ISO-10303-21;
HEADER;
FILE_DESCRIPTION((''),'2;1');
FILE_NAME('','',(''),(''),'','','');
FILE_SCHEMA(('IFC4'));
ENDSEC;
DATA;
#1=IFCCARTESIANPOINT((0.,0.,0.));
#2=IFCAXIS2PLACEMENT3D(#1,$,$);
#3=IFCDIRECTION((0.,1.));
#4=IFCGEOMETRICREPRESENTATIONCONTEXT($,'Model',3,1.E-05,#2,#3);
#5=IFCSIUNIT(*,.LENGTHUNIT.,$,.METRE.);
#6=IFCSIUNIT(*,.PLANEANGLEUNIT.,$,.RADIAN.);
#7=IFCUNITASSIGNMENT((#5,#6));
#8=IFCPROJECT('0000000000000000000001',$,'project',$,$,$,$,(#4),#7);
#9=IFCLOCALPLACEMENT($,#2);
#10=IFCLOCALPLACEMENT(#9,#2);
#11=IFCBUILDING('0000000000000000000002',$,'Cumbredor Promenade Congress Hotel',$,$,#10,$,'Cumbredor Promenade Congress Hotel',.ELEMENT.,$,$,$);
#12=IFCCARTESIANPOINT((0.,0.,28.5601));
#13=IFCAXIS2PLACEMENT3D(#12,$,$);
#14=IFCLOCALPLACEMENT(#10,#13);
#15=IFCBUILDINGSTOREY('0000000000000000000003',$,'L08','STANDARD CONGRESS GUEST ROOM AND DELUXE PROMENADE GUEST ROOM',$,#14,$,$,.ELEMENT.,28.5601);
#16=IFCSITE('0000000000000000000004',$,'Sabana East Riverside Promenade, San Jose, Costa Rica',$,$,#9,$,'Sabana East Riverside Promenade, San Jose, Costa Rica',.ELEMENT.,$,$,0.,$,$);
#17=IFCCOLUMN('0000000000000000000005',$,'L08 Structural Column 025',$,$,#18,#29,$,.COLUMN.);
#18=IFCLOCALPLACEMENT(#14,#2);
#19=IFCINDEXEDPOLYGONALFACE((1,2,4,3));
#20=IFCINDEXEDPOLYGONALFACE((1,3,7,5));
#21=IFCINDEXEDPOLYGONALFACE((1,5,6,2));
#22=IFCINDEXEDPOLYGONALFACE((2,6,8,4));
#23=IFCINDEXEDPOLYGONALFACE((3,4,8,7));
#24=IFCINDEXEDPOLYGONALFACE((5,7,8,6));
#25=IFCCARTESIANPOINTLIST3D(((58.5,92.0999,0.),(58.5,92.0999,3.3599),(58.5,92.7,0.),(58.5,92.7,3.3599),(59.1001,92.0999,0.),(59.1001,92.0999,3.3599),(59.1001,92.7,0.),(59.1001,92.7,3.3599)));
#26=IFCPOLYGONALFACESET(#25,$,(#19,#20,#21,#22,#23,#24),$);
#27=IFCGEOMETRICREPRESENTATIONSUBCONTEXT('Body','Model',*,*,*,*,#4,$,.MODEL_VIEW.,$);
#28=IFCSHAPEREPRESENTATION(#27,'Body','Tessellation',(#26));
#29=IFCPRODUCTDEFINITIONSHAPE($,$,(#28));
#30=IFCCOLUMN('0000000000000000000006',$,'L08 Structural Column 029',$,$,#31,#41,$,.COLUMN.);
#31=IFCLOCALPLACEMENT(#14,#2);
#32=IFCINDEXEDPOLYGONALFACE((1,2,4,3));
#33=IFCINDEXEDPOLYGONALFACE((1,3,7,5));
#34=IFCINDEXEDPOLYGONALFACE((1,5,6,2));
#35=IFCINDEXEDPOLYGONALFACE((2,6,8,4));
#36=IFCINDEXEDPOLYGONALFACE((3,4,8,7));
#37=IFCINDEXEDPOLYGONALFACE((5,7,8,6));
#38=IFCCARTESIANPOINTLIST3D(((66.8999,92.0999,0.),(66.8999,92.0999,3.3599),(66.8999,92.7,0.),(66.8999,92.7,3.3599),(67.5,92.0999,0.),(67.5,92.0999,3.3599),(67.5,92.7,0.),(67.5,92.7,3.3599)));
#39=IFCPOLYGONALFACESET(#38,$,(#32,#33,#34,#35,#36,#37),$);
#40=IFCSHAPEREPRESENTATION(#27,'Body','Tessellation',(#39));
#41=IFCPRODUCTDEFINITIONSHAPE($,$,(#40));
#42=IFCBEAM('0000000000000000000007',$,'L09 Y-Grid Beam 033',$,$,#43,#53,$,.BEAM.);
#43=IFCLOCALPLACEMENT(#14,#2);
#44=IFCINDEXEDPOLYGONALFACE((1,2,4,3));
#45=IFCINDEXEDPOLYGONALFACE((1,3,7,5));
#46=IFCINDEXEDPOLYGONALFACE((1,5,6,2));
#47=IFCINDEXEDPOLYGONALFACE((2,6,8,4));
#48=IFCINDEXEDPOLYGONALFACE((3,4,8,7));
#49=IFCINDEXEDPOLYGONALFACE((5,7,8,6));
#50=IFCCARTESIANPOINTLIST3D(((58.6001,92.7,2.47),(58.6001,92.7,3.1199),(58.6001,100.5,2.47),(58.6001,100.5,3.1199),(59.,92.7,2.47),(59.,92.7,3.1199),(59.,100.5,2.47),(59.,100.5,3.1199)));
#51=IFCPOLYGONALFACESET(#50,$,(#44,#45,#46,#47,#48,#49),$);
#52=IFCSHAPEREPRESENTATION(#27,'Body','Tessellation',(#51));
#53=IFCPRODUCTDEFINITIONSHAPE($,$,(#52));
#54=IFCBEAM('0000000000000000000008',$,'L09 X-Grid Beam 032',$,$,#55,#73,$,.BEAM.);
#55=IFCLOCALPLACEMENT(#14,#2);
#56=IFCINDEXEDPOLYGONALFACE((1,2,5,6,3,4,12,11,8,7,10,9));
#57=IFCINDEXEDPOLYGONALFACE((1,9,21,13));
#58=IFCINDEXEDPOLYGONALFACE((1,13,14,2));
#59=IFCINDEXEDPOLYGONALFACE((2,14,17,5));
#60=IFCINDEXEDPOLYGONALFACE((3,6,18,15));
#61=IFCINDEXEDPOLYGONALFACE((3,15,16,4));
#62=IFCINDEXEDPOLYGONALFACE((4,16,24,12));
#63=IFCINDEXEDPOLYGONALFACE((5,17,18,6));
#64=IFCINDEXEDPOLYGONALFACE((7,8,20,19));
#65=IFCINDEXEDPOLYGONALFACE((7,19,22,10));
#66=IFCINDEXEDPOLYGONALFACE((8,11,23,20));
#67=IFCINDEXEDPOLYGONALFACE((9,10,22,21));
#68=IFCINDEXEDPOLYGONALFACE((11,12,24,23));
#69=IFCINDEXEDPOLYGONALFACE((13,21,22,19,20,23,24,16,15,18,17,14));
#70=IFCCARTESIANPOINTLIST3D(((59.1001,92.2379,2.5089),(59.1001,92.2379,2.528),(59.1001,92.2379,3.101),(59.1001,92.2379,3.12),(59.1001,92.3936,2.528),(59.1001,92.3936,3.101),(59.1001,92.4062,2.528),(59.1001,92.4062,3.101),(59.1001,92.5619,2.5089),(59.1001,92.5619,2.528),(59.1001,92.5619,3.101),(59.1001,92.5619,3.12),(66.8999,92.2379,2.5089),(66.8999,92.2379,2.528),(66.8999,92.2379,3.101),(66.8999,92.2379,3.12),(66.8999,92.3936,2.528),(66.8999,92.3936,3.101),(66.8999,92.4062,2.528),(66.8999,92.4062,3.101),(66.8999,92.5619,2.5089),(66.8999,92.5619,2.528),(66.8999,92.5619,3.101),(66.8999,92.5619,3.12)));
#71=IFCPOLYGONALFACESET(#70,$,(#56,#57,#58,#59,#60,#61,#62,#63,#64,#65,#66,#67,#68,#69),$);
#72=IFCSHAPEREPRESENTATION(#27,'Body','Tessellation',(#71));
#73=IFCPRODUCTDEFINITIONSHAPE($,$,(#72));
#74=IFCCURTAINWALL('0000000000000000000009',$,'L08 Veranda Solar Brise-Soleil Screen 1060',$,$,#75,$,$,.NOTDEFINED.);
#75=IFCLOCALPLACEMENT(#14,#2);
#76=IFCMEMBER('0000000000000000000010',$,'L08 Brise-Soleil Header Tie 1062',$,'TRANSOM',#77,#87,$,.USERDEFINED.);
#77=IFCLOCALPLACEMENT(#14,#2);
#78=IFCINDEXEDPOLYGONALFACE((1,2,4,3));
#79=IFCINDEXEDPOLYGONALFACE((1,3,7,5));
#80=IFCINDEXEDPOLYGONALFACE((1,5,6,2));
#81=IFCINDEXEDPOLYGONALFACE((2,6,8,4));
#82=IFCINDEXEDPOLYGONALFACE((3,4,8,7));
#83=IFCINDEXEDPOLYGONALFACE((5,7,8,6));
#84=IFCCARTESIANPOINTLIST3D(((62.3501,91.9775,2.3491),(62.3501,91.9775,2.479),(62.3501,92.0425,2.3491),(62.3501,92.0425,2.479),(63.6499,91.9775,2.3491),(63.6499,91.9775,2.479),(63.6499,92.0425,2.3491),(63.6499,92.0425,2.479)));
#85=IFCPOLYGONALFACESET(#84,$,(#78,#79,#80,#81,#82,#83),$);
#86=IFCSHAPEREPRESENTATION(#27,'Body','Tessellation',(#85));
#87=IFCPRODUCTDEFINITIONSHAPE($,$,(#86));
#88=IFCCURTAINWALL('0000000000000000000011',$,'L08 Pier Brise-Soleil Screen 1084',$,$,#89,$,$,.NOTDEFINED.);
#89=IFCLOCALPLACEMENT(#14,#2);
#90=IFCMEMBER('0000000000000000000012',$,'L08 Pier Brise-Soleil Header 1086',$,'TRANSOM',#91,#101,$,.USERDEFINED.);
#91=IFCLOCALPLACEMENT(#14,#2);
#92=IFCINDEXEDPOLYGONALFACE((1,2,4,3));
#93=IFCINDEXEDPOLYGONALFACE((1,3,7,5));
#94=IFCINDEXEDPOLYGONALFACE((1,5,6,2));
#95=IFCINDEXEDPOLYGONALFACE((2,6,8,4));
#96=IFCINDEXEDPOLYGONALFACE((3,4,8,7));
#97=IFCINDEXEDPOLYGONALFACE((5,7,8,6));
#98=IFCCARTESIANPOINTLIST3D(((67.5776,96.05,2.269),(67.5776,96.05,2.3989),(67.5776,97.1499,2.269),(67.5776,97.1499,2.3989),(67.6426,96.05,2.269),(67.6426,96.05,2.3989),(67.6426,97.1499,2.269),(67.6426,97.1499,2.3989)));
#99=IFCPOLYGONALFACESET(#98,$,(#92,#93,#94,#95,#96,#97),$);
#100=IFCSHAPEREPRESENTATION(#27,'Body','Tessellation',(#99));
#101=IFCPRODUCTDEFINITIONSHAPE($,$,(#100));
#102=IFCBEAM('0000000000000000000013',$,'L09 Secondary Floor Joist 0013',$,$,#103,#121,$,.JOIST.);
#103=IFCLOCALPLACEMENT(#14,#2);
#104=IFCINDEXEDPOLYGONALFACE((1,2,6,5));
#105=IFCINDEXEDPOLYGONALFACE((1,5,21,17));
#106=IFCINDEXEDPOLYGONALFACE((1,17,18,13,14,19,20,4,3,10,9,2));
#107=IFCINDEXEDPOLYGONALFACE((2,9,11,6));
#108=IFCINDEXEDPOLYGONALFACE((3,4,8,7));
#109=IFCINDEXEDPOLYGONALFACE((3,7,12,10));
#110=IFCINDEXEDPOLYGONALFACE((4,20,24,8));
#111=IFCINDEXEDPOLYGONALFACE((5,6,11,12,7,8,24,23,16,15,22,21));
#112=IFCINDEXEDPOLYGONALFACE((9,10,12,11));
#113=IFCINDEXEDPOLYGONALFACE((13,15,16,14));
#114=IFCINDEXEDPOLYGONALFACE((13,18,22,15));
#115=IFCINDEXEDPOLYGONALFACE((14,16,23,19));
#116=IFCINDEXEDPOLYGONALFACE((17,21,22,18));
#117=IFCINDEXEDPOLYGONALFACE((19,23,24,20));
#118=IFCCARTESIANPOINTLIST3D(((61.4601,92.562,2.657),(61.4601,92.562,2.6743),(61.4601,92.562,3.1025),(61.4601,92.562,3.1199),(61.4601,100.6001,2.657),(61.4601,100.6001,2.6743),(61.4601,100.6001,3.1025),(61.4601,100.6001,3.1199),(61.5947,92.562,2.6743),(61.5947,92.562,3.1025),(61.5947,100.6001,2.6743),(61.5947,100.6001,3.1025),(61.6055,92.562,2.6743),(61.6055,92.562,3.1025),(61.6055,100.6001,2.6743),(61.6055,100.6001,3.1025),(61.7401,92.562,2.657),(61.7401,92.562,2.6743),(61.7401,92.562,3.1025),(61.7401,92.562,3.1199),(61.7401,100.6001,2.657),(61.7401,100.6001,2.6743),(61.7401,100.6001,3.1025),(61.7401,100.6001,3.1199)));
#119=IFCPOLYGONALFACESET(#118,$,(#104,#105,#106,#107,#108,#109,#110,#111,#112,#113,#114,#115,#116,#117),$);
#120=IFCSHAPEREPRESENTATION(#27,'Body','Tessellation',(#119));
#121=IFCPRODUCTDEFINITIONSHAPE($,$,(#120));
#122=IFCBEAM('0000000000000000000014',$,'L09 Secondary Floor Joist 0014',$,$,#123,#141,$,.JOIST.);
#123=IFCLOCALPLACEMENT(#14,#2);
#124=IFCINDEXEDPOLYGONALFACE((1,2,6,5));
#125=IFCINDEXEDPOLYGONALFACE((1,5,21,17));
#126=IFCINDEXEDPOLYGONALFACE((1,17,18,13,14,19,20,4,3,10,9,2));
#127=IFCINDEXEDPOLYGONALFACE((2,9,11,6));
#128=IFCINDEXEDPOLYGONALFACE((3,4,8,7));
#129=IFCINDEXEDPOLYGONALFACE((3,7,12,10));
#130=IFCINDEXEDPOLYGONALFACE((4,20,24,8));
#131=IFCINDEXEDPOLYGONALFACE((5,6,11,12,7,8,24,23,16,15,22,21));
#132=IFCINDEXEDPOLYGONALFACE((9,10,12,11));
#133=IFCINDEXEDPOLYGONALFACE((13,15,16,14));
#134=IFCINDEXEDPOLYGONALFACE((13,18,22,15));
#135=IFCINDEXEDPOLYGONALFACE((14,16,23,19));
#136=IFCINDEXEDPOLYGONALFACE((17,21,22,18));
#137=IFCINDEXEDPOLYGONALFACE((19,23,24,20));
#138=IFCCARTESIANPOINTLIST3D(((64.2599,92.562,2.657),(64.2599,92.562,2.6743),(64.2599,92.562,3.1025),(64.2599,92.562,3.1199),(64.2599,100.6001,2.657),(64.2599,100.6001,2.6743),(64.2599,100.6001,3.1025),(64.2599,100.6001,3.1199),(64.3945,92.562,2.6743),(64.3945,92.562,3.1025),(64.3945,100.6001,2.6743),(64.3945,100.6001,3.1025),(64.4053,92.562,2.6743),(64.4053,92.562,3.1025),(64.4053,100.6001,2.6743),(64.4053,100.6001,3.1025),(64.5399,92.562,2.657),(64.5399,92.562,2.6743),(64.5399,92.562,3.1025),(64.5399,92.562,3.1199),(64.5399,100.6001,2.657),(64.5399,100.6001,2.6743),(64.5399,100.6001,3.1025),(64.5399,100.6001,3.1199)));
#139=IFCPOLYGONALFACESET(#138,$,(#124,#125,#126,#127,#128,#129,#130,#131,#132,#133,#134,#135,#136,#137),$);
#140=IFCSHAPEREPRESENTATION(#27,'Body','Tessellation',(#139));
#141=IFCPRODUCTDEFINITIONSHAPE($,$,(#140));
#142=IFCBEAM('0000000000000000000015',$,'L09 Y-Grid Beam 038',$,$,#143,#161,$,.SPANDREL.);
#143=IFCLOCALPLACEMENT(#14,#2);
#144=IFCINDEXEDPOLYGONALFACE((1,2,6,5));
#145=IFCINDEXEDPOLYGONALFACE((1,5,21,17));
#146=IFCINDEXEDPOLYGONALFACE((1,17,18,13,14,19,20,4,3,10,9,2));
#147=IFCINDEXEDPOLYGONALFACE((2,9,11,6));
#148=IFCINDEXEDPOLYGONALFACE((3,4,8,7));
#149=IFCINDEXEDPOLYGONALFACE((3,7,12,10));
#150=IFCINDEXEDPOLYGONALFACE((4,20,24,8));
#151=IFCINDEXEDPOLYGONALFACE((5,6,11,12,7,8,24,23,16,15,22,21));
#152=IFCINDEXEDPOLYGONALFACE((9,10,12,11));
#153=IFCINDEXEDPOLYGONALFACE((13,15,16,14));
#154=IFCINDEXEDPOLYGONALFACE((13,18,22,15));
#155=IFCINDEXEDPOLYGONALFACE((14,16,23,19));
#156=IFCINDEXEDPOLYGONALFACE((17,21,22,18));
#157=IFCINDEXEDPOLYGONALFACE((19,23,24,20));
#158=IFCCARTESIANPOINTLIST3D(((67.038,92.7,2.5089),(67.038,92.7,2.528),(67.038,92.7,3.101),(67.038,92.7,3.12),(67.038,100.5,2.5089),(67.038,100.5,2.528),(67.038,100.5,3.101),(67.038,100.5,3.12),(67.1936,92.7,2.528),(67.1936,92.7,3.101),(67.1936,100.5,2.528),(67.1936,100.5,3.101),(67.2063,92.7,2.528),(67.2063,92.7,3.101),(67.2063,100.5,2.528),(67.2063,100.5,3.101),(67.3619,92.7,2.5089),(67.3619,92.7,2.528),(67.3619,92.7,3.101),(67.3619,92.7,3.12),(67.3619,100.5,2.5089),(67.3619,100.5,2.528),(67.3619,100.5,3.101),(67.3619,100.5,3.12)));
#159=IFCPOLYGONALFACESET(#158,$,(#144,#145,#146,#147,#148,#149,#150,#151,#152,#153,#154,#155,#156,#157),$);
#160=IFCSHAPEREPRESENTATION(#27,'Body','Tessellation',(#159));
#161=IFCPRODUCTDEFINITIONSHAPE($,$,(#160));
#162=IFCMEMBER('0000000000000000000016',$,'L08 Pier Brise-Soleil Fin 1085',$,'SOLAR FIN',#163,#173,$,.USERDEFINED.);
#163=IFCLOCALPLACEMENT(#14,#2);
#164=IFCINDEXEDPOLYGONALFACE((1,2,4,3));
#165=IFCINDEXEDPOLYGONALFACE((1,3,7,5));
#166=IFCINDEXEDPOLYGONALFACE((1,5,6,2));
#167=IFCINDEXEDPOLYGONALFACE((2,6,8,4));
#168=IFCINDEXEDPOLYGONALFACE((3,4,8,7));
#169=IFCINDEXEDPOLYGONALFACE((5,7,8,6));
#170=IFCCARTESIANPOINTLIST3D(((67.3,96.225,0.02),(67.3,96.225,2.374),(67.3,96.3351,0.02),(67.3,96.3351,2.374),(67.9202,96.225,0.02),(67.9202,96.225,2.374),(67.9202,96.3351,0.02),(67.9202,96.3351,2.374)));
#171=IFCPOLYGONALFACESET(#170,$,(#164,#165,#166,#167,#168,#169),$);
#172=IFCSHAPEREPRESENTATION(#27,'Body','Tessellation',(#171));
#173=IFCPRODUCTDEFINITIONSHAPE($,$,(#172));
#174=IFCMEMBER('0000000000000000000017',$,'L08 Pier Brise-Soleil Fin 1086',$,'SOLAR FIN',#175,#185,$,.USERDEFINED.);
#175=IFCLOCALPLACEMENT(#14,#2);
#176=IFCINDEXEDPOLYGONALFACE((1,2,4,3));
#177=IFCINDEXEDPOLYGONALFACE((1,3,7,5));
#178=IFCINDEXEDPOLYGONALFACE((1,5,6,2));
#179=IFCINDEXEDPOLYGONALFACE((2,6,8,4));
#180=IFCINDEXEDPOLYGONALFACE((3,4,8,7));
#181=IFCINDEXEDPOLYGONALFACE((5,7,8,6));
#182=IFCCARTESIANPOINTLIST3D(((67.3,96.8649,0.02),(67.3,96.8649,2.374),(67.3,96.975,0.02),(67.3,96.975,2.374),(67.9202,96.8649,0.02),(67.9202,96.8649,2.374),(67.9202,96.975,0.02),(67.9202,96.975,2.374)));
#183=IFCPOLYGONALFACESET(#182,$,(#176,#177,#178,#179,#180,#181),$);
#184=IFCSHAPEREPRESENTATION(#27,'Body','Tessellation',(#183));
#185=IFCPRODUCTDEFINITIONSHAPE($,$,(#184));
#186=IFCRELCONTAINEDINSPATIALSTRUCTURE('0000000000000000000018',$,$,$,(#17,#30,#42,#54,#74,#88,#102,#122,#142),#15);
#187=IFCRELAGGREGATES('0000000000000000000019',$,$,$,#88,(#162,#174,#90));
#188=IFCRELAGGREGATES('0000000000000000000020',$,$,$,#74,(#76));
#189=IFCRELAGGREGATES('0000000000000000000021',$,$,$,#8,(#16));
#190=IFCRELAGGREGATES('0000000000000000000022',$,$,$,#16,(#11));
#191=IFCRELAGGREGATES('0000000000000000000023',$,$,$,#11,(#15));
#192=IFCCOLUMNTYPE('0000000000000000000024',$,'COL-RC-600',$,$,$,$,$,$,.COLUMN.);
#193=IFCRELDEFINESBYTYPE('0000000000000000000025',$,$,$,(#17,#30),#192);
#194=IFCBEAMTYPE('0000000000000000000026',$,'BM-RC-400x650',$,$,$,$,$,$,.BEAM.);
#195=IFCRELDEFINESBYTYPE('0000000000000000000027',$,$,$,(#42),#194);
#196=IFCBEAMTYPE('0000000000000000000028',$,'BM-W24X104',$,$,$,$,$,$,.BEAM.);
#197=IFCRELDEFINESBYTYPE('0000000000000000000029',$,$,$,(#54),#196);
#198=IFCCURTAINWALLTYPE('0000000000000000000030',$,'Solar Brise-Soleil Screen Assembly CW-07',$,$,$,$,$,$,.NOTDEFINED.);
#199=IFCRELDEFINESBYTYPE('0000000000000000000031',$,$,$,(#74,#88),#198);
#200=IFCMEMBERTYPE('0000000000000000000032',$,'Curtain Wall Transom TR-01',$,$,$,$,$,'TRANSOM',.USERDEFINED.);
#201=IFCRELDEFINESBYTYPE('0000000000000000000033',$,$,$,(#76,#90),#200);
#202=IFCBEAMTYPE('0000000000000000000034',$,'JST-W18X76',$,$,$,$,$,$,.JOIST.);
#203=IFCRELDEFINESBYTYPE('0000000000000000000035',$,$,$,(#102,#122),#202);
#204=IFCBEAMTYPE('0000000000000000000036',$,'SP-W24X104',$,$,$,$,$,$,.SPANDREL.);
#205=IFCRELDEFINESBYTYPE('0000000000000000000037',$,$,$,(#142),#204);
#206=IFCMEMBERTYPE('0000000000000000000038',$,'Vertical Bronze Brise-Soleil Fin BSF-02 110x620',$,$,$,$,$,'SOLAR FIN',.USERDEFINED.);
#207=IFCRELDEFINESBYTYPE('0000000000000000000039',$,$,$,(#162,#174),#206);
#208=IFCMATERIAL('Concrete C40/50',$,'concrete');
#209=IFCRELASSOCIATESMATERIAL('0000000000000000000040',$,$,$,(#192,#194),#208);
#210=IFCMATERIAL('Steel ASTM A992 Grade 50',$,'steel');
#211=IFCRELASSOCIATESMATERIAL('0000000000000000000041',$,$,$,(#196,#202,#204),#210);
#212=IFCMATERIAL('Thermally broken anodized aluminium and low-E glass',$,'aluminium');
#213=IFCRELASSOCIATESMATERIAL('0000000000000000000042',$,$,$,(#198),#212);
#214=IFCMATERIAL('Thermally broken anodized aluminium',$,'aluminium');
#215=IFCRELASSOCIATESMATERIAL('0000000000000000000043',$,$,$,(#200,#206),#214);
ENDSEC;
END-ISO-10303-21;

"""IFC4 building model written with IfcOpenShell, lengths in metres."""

from ifc_helpers import new_model, si_unit, direction, frame, origin, origin_2d, place, context, subcontext, project, spatial, rectangle, i_section, extrude, material, material_profile, profile_set, type_object, element, aggregate, save


model = new_model("IFC4")

# Units and contexts
model_context = context("Model", 3, precision=1e-05, world=origin(), true_north=direction((0.0, 1.0)))
body_context = subcontext(model_context, "Body", "Model", "MODEL_VIEW")
ifc_project = project(units=[si_unit("LENGTHUNIT", "METRE"), si_unit("PLANEANGLEUNIT", "RADIAN")], contexts=[model_context])

# Site, building, storey
site_placement = place(None, origin())
site = spatial("IfcSite", under=ifc_project, at=site_placement, Name="Sabana East Riverside Promenade, San Jose, Costa Rica", LongName="Sabana East Riverside Promenade, San Jose, Costa Rica", CompositionType="ELEMENT", RefElevation=0.0)
building_placement = place(site_placement, origin())
building = spatial("IfcBuilding", under=site, at=building_placement, Name="Cumbredor Promenade Congress Hotel", LongName="Cumbredor Promenade Congress Hotel", CompositionType="ELEMENT")
storey_placement = place(building_placement, frame((0.0, 0.0, 28.5601)))
storey = spatial("IfcBuildingStorey", under=building, at=storey_placement, Name="L08", Description="STANDARD CONGRESS GUEST ROOM AND DELUXE PROMENADE GUEST ROOM", CompositionType="ELEMENT", Elevation=28.5601)

# Columns
ifc_material_1 = material(Name="Concrete C40/50", Category="concrete")
ifc_material_profile_1 = material_profile(ifc_material_1, rectangle(XDim=0.6001, YDim=0.6001, at=origin_2d()), Name="RC 600x600")
ifc_profile_set_1 = profile_set([ifc_material_profile_1], Name="Concrete C40/50")
column_type = type_object("IfcColumnType", Name="COL-RC-600", PredefinedType="COLUMN", material=ifc_profile_set_1)
for number, where, z_axis, x_axis, name in (
    (1, (58.8, 92.3999, 0.0), (0.0, 0.0, 1.0), (1.0, 0.0, 0.0), "L08 Structural Column 025"),
    (2, (67.2, 92.3999, 0.0), (0.0, 0.0, 1.0), (1.0, 0.0, 0.0), "L08 Structural Column 029"),
):
    element("IfcColumn", number, at=place(storey_placement, frame(where, z_axis=z_axis, x_axis=x_axis)), inside=storey, type_object=column_type, Name=name, PredefinedType="COLUMN", context=body_context, shape_type="SweptSolid", body=[
        extrude(rectangle(XDim=0.6001, YDim=0.6001, at=origin_2d()), origin(), (0.0, 0.0, 1.0), 3.3599),
    ])

# Beams
ifc_material_profile_2 = material_profile(ifc_material_1, rectangle(XDim=0.3999, YDim=0.6499, at=origin_2d()), Name="RC BEAM 400x650")
ifc_profile_set_2 = profile_set([ifc_material_profile_2], Name="Concrete C40/50")
beam_type_1 = type_object("IfcBeamType", Name="BM-RC-400x650", PredefinedType="BEAM", material=ifc_profile_set_2)
beam_1_placement = place(storey_placement, frame((58.8, 92.7, 2.7949), z_axis=(0.0, 1.0, 0.0), x_axis=(-1.0, 0.0, 0.0)))
element("IfcBeam", 3, at=beam_1_placement, inside=storey, type_object=beam_type_1, Name="L09 Y-Grid Beam 033", PredefinedType="BEAM", context=body_context, shape_type="SweptSolid", body=[
    extrude(rectangle(XDim=0.3999, YDim=0.6499, at=origin_2d()), origin(), (0.0, 0.0, 1.0), 7.8),
])
ifc_material_2 = material(Name="Steel ASTM A992 Grade 50", Category="steel")
ifc_material_profile_3 = material_profile(ifc_material_2, i_section(OverallWidth=0.324, OverallDepth=0.6111, WebThickness=0.0127, FlangeThickness=0.019, at=origin_2d()), Name="W24X104")
ifc_profile_set_3 = profile_set([ifc_material_profile_3], Name="Steel ASTM A992 Grade 50")
beam_type_2 = type_object("IfcBeamType", Name="BM-W24X104", PredefinedType="BEAM", material=ifc_profile_set_3)
beam_2_placement = place(storey_placement, frame((59.1001, 92.3999, 2.8145), z_axis=(1.0, 0.0, 0.0), x_axis=(0.0, 1.0, 0.0)))
element("IfcBeam", 4, at=beam_2_placement, inside=storey, type_object=beam_type_2, Name="L09 X-Grid Beam 032", PredefinedType="BEAM", context=body_context, shape_type="SweptSolid", body=[
    extrude(i_section(OverallWidth=0.324, OverallDepth=0.6111, WebThickness=0.0127, FlangeThickness=0.019, at=origin_2d()), origin(), (0.0, 0.0, 1.0), 7.7998),
])

# Curtain walls, members
ifc_material_3 = material(Name="Thermally broken anodized aluminium and low-E glass", Category="aluminium")
curtain_wall_type = type_object("IfcCurtainWallType", Name="Solar Brise-Soleil Screen Assembly CW-07", PredefinedType="NOTDEFINED", material=ifc_material_3)
curtain_wall_1_placement = place(storey_placement, origin())
curtain_wall_1 = element("IfcCurtainWall", 5, at=curtain_wall_1_placement, inside=storey, type_object=curtain_wall_type, Name="L08 Veranda Solar Brise-Soleil Screen 1060", PredefinedType="NOTDEFINED")
ifc_material_4 = material(Name="Thermally broken anodized aluminium", Category="aluminium")
ifc_material_profile_4 = material_profile(ifc_material_4, rectangle(XDim=0.0649, YDim=0.1299, at=origin_2d()), Name="ALU TRANSOM 65x130")
ifc_profile_set_4 = profile_set([ifc_material_profile_4], Name="Thermally broken anodized aluminium")
member_type_1 = type_object("IfcMemberType", Name="Curtain Wall Transom TR-01", ElementType="TRANSOM", PredefinedType="USERDEFINED", material=ifc_profile_set_4)
member_1_placement = place(storey_placement, frame((62.3501, 92.01, 2.4141), z_axis=(1.0, 0.0, 0.0), x_axis=(0.0, 1.0, 0.0)))
member_1 = element("IfcMember", 6, at=member_1_placement, type_object=member_type_1, Name="L08 Brise-Soleil Header Tie 1062", ObjectType="TRANSOM", PredefinedType="USERDEFINED", context=body_context, shape_type="SweptSolid", body=[
    extrude(rectangle(XDim=0.0649, YDim=0.1299, at=origin_2d()), origin(), (0.0, 0.0, 1.0), 1.2998),
])
curtain_wall_2_placement = place(storey_placement, origin())
curtain_wall_2 = element("IfcCurtainWall", 7, at=curtain_wall_2_placement, inside=storey, type_object=curtain_wall_type, Name="L08 Pier Brise-Soleil Screen 1084", PredefinedType="NOTDEFINED")
member_2_placement = place(storey_placement, frame((67.6101, 96.05, 2.334), z_axis=(0.0, 1.0, 0.0), x_axis=(-1.0, 0.0, 0.0)))
member_2 = element("IfcMember", 8, at=member_2_placement, type_object=member_type_1, Name="L08 Pier Brise-Soleil Header 1086", ObjectType="TRANSOM", PredefinedType="USERDEFINED", context=body_context, shape_type="SweptSolid", body=[
    extrude(rectangle(XDim=0.0649, YDim=0.1299, at=origin_2d()), origin(), (0.0, 0.0, 1.0), 1.0999),
])

# Beams
ifc_material_profile_5 = material_profile(ifc_material_2, i_section(OverallWidth=0.28, OverallDepth=0.4629, WebThickness=0.0107, FlangeThickness=0.0173, at=origin_2d()), Name="W18X76")
ifc_profile_set_5 = profile_set([ifc_material_profile_5], Name="Steel ASTM A992 Grade 50")
beam_type_3 = type_object("IfcBeamType", Name="JST-W18X76", PredefinedType="JOIST", material=ifc_profile_set_5)
for number, where, z_axis, x_axis, name in (
    (9, (61.6001, 92.562, 2.8884), (0.0, 1.0, 0.0), (-1.0, 0.0, 0.0), "L09 Secondary Floor Joist 0013"),
    (10, (64.3999, 92.562, 2.8884), (0.0, 1.0, 0.0), (-1.0, 0.0, 0.0), "L09 Secondary Floor Joist 0014"),
):
    element("IfcBeam", number, at=place(storey_placement, frame(where, z_axis=z_axis, x_axis=x_axis)), inside=storey, type_object=beam_type_3, Name=name, PredefinedType="JOIST", context=body_context, shape_type="SweptSolid", body=[
        extrude(i_section(OverallWidth=0.28, OverallDepth=0.4629, WebThickness=0.0107, FlangeThickness=0.0173, at=origin_2d()), origin(), (0.0, 0.0, 1.0), 8.0381),
    ])
ifc_material_profile_6 = material_profile(ifc_material_2, i_section(OverallWidth=0.324, OverallDepth=0.6111, WebThickness=0.0127, FlangeThickness=0.019, at=origin_2d()), Name="W24X104")
ifc_profile_set_6 = profile_set([ifc_material_profile_6], Name="Steel ASTM A992 Grade 50")
beam_type_4 = type_object("IfcBeamType", Name="SP-W24X104", PredefinedType="SPANDREL", material=ifc_profile_set_6)
beam_3_placement = place(storey_placement, frame((67.2, 92.7, 2.8145), z_axis=(0.0, 1.0, 0.0), x_axis=(-1.0, 0.0, 0.0)))
element("IfcBeam", 11, at=beam_3_placement, inside=storey, type_object=beam_type_4, Name="L09 Y-Grid Beam 038", PredefinedType="SPANDREL", context=body_context, shape_type="SweptSolid", body=[
    extrude(i_section(OverallWidth=0.324, OverallDepth=0.6111, WebThickness=0.0127, FlangeThickness=0.019, at=origin_2d()), origin(), (0.0, 0.0, 1.0), 7.8),
])

# Members
ifc_material_profile_7 = material_profile(ifc_material_4, rectangle(XDim=0.1101, YDim=0.6201, at=origin_2d()), Name="ARCH FIN 110x620")
ifc_profile_set_7 = profile_set([ifc_material_profile_7], Name="Thermally broken anodized aluminium")
member_type_2 = type_object("IfcMemberType", Name="Vertical Bronze Brise-Soleil Fin BSF-02 110x620", ElementType="SOLAR FIN", PredefinedType="USERDEFINED", material=ifc_profile_set_7)
member_3_placement = place(storey_placement, frame((67.6101, 96.28, 0.02), z_axis=(0.0, 0.0, 1.0), x_axis=(0.0, 1.0, 0.0)))
member_3 = element("IfcMember", 12, at=member_3_placement, type_object=member_type_2, Name="L08 Pier Brise-Soleil Fin 1085", ObjectType="SOLAR FIN", PredefinedType="USERDEFINED", context=body_context, shape_type="SweptSolid", body=[
    extrude(rectangle(XDim=0.1101, YDim=0.6201, at=origin_2d()), origin(), (0.0, 0.0, 1.0), 2.354),
])
member_4_placement = place(storey_placement, frame((67.6101, 96.9199, 0.02), z_axis=(0.0, 0.0, 1.0), x_axis=(0.0, 1.0, 0.0)))
member_4 = element("IfcMember", 13, at=member_4_placement, type_object=member_type_2, Name="L08 Pier Brise-Soleil Fin 1086", ObjectType="SOLAR FIN", PredefinedType="USERDEFINED", context=body_context, shape_type="SweptSolid", body=[
    extrude(rectangle(XDim=0.1101, YDim=0.6201, at=origin_2d()), origin(), (0.0, 0.0, 1.0), 2.354),
])
aggregate(curtain_wall_2, [member_3, member_4, member_2])
aggregate(curtain_wall_1, [member_1])

save(model, "model.ifc")
